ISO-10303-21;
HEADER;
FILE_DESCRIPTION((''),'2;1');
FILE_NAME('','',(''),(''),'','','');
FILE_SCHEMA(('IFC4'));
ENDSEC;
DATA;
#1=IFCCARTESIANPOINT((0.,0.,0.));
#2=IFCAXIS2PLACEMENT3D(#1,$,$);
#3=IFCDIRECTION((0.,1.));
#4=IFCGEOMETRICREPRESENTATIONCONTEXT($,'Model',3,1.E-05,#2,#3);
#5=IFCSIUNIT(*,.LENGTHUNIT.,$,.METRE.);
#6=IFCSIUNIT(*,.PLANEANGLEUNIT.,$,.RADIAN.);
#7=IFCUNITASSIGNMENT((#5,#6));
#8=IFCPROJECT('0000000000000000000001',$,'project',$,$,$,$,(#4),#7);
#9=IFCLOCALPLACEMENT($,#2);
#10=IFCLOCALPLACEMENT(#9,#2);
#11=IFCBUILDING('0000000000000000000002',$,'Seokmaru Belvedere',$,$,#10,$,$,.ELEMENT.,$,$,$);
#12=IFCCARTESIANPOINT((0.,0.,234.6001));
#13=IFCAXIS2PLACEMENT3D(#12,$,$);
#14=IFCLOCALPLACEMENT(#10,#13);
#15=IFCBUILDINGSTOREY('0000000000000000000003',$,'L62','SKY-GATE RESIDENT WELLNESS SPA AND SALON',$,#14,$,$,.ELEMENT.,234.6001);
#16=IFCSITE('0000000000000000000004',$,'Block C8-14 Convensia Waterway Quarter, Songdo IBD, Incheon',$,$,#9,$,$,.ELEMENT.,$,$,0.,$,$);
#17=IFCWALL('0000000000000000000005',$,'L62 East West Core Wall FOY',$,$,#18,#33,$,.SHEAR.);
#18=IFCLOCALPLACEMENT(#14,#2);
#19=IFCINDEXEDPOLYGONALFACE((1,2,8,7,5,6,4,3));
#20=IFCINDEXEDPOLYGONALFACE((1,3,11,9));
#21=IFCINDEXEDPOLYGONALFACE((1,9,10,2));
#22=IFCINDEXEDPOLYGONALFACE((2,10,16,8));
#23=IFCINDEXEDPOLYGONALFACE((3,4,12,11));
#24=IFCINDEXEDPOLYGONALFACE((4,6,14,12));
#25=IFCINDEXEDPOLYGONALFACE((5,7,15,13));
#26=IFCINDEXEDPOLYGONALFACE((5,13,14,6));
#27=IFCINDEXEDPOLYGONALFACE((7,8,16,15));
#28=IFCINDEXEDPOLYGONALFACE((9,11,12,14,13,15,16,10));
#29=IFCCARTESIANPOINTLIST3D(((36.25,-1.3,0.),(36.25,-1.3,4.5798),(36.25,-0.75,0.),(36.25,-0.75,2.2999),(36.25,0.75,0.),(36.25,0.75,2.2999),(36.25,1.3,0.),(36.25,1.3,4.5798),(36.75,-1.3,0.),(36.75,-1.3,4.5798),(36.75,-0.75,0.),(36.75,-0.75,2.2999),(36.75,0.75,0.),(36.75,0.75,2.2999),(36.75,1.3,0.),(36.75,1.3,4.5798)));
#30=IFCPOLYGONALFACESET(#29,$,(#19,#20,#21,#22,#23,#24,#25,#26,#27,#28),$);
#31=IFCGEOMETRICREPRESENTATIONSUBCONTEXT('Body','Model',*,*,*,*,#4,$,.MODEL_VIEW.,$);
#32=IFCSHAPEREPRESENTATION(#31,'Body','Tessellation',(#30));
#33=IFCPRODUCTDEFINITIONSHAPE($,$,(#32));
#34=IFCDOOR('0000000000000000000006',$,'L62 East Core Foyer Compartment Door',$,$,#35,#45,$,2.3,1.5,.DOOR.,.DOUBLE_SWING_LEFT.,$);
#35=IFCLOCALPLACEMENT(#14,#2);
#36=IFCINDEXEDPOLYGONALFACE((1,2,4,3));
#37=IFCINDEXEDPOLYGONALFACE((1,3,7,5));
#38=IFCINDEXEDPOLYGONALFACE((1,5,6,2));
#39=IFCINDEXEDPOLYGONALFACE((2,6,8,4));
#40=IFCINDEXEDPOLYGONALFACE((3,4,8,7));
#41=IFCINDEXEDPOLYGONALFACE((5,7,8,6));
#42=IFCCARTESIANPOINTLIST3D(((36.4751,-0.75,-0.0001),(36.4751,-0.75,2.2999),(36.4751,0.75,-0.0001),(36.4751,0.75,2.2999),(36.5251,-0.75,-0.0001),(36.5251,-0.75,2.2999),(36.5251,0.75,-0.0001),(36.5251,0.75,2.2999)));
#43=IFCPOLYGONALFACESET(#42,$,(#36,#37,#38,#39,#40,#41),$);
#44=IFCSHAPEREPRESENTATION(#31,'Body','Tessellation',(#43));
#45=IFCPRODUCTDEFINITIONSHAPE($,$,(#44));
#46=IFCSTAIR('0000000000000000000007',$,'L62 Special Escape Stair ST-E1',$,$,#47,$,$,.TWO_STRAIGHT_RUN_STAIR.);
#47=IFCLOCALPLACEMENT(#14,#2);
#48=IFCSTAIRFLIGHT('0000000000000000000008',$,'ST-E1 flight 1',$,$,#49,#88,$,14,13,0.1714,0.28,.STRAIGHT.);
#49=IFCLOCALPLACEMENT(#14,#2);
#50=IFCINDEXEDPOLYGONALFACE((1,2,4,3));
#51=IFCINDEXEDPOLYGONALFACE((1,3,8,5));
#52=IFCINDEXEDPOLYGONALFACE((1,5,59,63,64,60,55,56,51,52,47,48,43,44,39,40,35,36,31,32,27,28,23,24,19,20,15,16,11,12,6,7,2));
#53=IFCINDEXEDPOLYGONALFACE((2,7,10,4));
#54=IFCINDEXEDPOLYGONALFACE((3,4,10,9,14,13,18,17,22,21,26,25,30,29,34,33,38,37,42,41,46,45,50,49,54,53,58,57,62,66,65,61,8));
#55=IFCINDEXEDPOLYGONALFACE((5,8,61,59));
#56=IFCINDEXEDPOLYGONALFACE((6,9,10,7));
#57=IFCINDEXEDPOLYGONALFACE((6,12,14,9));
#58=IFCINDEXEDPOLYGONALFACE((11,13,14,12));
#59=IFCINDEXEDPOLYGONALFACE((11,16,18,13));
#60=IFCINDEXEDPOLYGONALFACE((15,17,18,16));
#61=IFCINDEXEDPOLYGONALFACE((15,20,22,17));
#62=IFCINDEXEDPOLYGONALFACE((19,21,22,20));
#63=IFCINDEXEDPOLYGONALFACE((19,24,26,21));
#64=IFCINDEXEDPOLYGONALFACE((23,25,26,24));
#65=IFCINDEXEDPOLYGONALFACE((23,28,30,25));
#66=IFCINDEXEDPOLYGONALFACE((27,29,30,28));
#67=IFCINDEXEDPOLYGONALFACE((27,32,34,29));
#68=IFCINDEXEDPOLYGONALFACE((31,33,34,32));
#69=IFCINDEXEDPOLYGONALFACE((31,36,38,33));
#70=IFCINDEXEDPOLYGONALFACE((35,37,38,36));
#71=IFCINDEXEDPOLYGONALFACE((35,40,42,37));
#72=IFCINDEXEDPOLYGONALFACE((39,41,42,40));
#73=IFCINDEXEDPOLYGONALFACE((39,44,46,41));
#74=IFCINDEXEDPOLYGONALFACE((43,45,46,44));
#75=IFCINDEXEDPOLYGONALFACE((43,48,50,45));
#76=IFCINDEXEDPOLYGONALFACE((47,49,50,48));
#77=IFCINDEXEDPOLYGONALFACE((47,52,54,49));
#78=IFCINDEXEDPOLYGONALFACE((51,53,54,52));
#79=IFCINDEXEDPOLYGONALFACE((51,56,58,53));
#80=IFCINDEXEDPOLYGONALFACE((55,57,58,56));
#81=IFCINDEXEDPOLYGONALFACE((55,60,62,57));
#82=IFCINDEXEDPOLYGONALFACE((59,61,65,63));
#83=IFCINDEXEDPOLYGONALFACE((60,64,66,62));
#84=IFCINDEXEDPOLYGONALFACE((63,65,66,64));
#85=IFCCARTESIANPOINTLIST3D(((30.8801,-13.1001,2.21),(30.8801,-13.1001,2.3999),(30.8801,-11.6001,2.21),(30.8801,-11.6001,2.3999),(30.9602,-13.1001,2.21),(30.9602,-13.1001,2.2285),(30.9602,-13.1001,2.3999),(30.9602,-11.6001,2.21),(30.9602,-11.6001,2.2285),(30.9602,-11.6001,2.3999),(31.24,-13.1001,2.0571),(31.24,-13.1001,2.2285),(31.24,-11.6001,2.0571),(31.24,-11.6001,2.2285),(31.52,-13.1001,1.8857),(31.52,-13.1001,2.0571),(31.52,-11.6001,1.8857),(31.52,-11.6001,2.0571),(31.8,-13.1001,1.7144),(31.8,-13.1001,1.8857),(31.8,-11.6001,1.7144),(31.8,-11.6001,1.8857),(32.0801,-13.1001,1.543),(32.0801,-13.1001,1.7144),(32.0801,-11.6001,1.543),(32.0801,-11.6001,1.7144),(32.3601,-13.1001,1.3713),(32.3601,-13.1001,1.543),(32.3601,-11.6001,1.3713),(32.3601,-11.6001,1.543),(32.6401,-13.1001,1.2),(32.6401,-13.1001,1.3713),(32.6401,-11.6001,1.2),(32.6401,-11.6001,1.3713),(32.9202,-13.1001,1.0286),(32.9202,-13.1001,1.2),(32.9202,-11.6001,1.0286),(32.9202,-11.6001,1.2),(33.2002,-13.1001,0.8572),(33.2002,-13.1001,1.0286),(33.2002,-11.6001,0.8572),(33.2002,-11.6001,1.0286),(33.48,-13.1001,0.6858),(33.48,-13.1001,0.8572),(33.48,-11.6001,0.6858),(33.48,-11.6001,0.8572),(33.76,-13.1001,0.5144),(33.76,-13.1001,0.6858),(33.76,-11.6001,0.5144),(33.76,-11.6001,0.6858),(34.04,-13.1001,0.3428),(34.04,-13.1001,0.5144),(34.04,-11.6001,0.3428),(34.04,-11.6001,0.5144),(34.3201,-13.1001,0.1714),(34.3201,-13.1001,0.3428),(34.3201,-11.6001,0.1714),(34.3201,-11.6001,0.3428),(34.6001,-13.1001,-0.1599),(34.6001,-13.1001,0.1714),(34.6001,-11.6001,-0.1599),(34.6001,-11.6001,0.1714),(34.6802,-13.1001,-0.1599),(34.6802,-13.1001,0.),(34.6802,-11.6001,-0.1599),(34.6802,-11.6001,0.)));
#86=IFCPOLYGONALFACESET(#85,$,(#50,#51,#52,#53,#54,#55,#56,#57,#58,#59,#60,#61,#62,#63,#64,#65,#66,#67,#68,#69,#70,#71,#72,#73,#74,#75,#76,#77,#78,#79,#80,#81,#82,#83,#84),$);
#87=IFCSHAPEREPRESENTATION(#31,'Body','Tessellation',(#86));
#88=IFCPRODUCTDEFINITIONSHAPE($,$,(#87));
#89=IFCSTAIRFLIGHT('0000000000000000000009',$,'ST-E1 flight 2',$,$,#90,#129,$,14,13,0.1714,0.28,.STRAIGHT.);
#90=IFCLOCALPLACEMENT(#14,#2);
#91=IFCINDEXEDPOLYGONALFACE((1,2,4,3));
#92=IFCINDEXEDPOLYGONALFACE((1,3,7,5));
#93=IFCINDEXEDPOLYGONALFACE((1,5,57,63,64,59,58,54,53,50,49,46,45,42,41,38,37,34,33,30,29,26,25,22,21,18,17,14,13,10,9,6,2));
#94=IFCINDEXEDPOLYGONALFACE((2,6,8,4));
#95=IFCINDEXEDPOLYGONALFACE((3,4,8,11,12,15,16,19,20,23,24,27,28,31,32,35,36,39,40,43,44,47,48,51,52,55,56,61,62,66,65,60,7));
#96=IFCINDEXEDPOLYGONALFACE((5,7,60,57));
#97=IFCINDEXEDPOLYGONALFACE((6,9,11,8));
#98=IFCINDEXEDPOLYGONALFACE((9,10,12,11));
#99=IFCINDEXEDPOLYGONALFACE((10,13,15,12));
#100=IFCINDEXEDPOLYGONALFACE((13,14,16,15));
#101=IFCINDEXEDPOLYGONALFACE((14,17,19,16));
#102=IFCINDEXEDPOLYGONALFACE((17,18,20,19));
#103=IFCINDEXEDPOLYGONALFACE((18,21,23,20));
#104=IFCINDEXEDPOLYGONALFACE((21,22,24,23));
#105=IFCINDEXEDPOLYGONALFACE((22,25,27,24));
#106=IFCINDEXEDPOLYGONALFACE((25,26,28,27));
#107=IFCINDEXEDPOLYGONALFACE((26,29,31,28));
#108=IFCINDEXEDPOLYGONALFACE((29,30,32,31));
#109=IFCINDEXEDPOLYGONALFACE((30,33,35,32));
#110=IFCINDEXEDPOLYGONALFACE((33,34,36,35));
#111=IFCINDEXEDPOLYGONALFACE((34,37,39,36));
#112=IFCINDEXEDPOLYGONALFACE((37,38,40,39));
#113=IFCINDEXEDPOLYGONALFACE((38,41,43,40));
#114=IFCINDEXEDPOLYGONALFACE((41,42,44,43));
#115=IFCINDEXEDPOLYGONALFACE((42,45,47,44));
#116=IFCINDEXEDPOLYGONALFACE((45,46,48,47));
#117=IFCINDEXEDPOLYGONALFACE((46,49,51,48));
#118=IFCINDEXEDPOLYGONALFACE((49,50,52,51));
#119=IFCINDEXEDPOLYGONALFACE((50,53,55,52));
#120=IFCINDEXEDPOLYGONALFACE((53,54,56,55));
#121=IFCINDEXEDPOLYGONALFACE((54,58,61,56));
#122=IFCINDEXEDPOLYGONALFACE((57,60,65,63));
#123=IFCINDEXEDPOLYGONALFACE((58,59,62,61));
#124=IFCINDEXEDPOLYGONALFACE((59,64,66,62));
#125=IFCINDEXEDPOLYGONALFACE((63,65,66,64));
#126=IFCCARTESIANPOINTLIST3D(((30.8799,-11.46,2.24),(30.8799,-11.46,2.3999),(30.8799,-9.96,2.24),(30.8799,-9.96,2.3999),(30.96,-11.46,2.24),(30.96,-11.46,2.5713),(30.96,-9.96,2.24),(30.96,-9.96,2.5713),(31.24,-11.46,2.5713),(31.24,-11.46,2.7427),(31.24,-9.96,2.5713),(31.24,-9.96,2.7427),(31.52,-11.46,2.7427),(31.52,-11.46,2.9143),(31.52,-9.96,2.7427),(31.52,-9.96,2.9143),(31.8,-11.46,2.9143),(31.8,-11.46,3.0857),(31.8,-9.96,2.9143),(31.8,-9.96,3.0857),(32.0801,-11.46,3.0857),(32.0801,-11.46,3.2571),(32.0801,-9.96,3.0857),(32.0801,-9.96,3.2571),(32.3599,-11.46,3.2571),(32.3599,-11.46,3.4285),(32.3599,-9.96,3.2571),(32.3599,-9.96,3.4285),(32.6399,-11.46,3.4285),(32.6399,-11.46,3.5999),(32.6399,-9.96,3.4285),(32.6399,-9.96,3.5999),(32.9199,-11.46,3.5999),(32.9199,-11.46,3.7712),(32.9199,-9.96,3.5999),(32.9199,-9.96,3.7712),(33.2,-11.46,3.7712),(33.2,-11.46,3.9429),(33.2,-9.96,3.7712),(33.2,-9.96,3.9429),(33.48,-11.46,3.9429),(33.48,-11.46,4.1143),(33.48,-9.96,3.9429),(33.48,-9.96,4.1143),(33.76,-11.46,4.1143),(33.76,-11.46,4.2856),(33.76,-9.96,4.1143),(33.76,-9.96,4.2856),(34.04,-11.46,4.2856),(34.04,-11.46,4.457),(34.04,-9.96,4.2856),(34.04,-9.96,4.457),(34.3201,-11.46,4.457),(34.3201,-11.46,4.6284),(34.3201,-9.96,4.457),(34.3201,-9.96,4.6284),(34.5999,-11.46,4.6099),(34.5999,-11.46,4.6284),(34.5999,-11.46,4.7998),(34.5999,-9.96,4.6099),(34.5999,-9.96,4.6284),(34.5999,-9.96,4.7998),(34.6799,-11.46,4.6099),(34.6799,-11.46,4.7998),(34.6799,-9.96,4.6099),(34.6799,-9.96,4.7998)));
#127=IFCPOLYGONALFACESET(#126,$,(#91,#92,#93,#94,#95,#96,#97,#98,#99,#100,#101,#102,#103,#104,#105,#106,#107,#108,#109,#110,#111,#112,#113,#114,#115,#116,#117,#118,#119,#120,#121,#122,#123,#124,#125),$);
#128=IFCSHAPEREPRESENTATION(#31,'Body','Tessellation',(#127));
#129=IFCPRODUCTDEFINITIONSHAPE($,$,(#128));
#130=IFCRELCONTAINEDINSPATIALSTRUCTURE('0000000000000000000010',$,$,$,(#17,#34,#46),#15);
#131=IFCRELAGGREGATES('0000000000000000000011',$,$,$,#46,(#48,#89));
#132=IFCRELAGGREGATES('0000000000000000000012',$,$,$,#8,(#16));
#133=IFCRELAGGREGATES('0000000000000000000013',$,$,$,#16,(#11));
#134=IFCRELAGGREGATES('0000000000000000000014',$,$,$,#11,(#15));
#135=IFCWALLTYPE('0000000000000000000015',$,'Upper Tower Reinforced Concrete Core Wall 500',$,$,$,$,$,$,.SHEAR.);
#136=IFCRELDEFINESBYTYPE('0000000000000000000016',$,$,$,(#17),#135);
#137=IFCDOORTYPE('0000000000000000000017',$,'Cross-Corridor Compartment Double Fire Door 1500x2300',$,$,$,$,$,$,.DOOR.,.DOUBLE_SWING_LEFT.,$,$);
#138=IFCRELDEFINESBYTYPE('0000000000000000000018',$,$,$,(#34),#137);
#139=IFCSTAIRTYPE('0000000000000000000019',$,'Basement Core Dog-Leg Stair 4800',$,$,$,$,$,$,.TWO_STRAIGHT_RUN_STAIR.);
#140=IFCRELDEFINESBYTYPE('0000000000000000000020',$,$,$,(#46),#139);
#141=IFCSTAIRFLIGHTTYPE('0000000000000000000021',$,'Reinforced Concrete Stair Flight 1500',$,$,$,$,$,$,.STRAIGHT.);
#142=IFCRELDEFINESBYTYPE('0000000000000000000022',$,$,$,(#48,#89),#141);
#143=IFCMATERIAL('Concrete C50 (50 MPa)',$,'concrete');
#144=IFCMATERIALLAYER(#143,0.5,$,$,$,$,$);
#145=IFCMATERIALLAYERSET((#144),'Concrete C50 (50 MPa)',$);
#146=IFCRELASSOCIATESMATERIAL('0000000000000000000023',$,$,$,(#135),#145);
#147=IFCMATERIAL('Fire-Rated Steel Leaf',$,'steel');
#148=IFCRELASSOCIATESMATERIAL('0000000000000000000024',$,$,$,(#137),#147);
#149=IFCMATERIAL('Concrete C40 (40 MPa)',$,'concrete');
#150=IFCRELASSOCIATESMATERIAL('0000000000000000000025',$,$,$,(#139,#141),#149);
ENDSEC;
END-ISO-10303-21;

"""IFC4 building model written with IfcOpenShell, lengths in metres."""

from ifc_helpers import new_model, si_unit, direction, frame, frame_2d, origin, place, context, subcontext, project, spatial, polyline, rectangle, outline, extrude, source, transform, mapped, material, layer, layer_set, type_object, type_shapes, element, fill, aggregate, save


model = new_model("IFC4")

# Units and contexts
model_context = context("Model", 3, precision=1e-05, world=origin(), true_north=direction((0.0, 1.0)))
body_context = subcontext(model_context, "Body", "Model", "MODEL_VIEW")
ifc_project = project(units=[si_unit("LENGTHUNIT", "METRE"), si_unit("PLANEANGLEUNIT", "RADIAN")], contexts=[model_context])

# Site, building, storey
site_placement = place(None, origin())
site = spatial("IfcSite", under=ifc_project, at=site_placement, Name="Block C8-14 Convensia Waterway Quarter, Songdo IBD, Incheon", CompositionType="ELEMENT", RefElevation=0.0)
building_placement = place(site_placement, origin())
building = spatial("IfcBuilding", under=site, at=building_placement, Name="Seokmaru Belvedere", CompositionType="ELEMENT")
storey_placement = place(building_placement, frame((0.0, 0.0, 234.6001)))
storey = spatial("IfcBuildingStorey", under=building, at=storey_placement, Name="L62", Description="SKY-GATE RESIDENT WELLNESS SPA AND SALON", CompositionType="ELEMENT", Elevation=234.6001)

# Shared definitions
ifc_material_1 = material(Name="Fire-Rated Steel Leaf", Category="steel")

# Wall, opening, door
ifc_material_2 = material(Name="Concrete C50 (50 MPa)", Category="concrete")
ifc_layer_1 = layer(ifc_material_2, 0.5)
ifc_layer_set_1 = layer_set([ifc_layer_1], Name="Concrete C50 (50 MPa)")
wall_type_1 = type_object("IfcWallType", Name="Upper Tower Reinforced Concrete Core Wall 500", PredefinedType="SHEAR", material=ifc_layer_set_1)
wall_1_placement = place(storey_placement, frame((36.5, -1.3, 0.0), z_axis=(0.0, 0.0, 1.0), x_axis=(0.0, 1.0, 0.0)))
wall_1 = element("IfcWall", 1, at=wall_1_placement, inside=storey, type_object=wall_type_1, Name="L62 East West Core Wall FOY", PredefinedType="SHEAR", context=body_context, shape_type="SweptSolid", body=[
    extrude(rectangle(XDim=2.6001, YDim=0.5, at=frame_2d((1.3, 0.0))), origin(), (0.0, 0.0, 1.0), 4.5798),
])
opening_1_placement = place(wall_1_placement, frame((0.55, 0.0, 0.0)))
opening_1 = element("IfcOpeningElement", 2, at=opening_1_placement, cuts=wall_1, PredefinedType="OPENING", context=body_context, shape_type="SweptSolid", body=[
    extrude(rectangle(XDim=1.5, YDim=2.3, at=frame_2d((0.75, 1.1499))), frame((0.0, 0.26, 0.0), z_axis=(0.0, -1.0, 0.0), x_axis=(1.0, 0.0, 0.0)), (0.0, 0.0, 1.0), 0.52),
])
door_type_1 = type_object("IfcDoorType", Name="Cross-Corridor Compartment Double Fire Door 1500x2300", OperationType="DOUBLE_SWING_LEFT", PredefinedType="DOOR", material=ifc_material_1)
shared_shape_1 = source(origin(), body_context, "Body", "SweptSolid", [
    extrude(rectangle(XDim=1.5, YDim=2.3, at=frame_2d((0.75, 1.1499))), frame((0.0, 0.0249, 0.0), z_axis=(0.0, -1.0, 0.0), x_axis=(1.0, 0.0, 0.0)), (0.0, 0.0, 1.0), 0.05),
])
type_shapes(door_type_1, [shared_shape_1])
door_1_placement = place(opening_1_placement, origin())
door_1 = element("IfcDoor", 3, at=door_1_placement, inside=storey, type_object=door_type_1, Name="L62 East Core Foyer Compartment Door", OperationType="DOUBLE_SWING_LEFT", OverallHeight=2.3, OverallWidth=1.5, PredefinedType="DOOR", context=body_context, shape_type="MappedRepresentation", body=[
    mapped(shared_shape_1, transform((0.0, 0.0, 0.0), scale=1.0)),
])
fill(opening_1, door_1)

# Stair, stair flights
ifc_material_3 = material(Name="Concrete C40 (40 MPa)", Category="concrete")
stair_type = type_object("IfcStairType", Name="Basement Core Dog-Leg Stair 4800", PredefinedType="TWO_STRAIGHT_RUN_STAIR", material=ifc_material_3)
stair_placement = place(storey_placement, origin())
stair = element("IfcStair", 4, at=stair_placement, inside=storey, type_object=stair_type, Name="L62 Special Escape Stair ST-E1", PredefinedType="TWO_STRAIGHT_RUN_STAIR")
stair_flight_type = type_object("IfcStairFlightType", Name="Reinforced Concrete Stair Flight 1500", PredefinedType="STRAIGHT", material=ifc_material_3)
stair_flight_1_placement = place(storey_placement, frame((34.6001, -12.3501, 0.0), z_axis=(0.0, 0.0, 1.0), x_axis=(-1.0, 0.0, 0.0)))
stair_flight_1 = element("IfcStairFlight", 5, at=stair_flight_1_placement, type_object=stair_flight_type, Name="ST-E1 flight 1", NumberOfRisers=14, NumberOfTreads=13, PredefinedType="STRAIGHT", RiserHeight=0.1714, TreadLength=0.28, context=body_context, shape_type="SweptSolid", body=[
    extrude(outline(polyline([(-0.0801, 0.0), (0.0, 0.1714), (0.28, 0.1714), (0.28, 0.3428), (0.5601, 0.3428), (0.5601, 0.5144), (0.8401, 0.5144), (0.8401, 0.6858), (1.1201, 0.6858), (1.1201, 0.8572), (1.3999, 0.8572), (1.3999, 1.0286), (1.6799, 1.0286), (1.6799, 1.2), (1.96, 1.2), (1.96, 1.3713), (2.24, 1.3713), (2.24, 1.543), (2.52, 1.543), (2.52, 1.7144), (2.8, 1.7144), (2.8, 1.8857), (3.0801, 1.8857), (3.0801, 2.0571), (3.3601, 2.0571), (3.3601, 2.2285), (3.6399, 2.2285), (3.6399, 2.3999), (3.72, 2.3999), (3.72, 2.21), (3.6399, 2.21), (0.0, -0.1599), (-0.0801, -0.1599), (-0.0801, 0.0)])), frame((0.0, 0.75, 0.0), z_axis=(0.0, -1.0, 0.0), x_axis=(1.0, 0.0, 0.0)), (0.0, 0.0, 1.0), 1.5),
])
stair_flight_2_placement = place(storey_placement, frame((30.96, -10.71, 2.3999), z_axis=(0.0, 0.0, 1.0), x_axis=(1.0, 0.0, 0.0)))
stair_flight_2 = element("IfcStairFlight", 6, at=stair_flight_2_placement, type_object=stair_flight_type, Name="ST-E1 flight 2", NumberOfRisers=14, NumberOfTreads=13, PredefinedType="STRAIGHT", RiserHeight=0.1714, TreadLength=0.28, context=body_context, shape_type="SweptSolid", body=[
    extrude(outline(polyline([(-0.0801, 0.0), (0.0, 0.1714), (0.28, 0.1714), (0.28, 0.3428), (0.5601, 0.3428), (0.5601, 0.5144), (0.8401, 0.5144), (0.8401, 0.6858), (1.1201, 0.6858), (1.1201, 0.8572), (1.3999, 0.8572), (1.3999, 1.0286), (1.6799, 1.0286), (1.6799, 1.2), (1.96, 1.2), (1.96, 1.3713), (2.24, 1.3713), (2.24, 1.543), (2.52, 1.543), (2.52, 1.7144), (2.8, 1.7144), (2.8, 1.8857), (3.0801, 1.8857), (3.0801, 2.0571), (3.3601, 2.0571), (3.3601, 2.2285), (3.6399, 2.2285), (3.6399, 2.3999), (3.72, 2.3999), (3.72, 2.21), (3.6399, 2.21), (0.0, -0.1599), (-0.0801, -0.1599), (-0.0801, 0.0)])), frame((0.0, 0.75, 0.0), z_axis=(0.0, -1.0, 0.0), x_axis=(1.0, 0.0, 0.0)), (0.0, 0.0, 1.0), 1.5),
])
aggregate(stair, [stair_flight_1, stair_flight_2])

save(model, "model.ifc")
